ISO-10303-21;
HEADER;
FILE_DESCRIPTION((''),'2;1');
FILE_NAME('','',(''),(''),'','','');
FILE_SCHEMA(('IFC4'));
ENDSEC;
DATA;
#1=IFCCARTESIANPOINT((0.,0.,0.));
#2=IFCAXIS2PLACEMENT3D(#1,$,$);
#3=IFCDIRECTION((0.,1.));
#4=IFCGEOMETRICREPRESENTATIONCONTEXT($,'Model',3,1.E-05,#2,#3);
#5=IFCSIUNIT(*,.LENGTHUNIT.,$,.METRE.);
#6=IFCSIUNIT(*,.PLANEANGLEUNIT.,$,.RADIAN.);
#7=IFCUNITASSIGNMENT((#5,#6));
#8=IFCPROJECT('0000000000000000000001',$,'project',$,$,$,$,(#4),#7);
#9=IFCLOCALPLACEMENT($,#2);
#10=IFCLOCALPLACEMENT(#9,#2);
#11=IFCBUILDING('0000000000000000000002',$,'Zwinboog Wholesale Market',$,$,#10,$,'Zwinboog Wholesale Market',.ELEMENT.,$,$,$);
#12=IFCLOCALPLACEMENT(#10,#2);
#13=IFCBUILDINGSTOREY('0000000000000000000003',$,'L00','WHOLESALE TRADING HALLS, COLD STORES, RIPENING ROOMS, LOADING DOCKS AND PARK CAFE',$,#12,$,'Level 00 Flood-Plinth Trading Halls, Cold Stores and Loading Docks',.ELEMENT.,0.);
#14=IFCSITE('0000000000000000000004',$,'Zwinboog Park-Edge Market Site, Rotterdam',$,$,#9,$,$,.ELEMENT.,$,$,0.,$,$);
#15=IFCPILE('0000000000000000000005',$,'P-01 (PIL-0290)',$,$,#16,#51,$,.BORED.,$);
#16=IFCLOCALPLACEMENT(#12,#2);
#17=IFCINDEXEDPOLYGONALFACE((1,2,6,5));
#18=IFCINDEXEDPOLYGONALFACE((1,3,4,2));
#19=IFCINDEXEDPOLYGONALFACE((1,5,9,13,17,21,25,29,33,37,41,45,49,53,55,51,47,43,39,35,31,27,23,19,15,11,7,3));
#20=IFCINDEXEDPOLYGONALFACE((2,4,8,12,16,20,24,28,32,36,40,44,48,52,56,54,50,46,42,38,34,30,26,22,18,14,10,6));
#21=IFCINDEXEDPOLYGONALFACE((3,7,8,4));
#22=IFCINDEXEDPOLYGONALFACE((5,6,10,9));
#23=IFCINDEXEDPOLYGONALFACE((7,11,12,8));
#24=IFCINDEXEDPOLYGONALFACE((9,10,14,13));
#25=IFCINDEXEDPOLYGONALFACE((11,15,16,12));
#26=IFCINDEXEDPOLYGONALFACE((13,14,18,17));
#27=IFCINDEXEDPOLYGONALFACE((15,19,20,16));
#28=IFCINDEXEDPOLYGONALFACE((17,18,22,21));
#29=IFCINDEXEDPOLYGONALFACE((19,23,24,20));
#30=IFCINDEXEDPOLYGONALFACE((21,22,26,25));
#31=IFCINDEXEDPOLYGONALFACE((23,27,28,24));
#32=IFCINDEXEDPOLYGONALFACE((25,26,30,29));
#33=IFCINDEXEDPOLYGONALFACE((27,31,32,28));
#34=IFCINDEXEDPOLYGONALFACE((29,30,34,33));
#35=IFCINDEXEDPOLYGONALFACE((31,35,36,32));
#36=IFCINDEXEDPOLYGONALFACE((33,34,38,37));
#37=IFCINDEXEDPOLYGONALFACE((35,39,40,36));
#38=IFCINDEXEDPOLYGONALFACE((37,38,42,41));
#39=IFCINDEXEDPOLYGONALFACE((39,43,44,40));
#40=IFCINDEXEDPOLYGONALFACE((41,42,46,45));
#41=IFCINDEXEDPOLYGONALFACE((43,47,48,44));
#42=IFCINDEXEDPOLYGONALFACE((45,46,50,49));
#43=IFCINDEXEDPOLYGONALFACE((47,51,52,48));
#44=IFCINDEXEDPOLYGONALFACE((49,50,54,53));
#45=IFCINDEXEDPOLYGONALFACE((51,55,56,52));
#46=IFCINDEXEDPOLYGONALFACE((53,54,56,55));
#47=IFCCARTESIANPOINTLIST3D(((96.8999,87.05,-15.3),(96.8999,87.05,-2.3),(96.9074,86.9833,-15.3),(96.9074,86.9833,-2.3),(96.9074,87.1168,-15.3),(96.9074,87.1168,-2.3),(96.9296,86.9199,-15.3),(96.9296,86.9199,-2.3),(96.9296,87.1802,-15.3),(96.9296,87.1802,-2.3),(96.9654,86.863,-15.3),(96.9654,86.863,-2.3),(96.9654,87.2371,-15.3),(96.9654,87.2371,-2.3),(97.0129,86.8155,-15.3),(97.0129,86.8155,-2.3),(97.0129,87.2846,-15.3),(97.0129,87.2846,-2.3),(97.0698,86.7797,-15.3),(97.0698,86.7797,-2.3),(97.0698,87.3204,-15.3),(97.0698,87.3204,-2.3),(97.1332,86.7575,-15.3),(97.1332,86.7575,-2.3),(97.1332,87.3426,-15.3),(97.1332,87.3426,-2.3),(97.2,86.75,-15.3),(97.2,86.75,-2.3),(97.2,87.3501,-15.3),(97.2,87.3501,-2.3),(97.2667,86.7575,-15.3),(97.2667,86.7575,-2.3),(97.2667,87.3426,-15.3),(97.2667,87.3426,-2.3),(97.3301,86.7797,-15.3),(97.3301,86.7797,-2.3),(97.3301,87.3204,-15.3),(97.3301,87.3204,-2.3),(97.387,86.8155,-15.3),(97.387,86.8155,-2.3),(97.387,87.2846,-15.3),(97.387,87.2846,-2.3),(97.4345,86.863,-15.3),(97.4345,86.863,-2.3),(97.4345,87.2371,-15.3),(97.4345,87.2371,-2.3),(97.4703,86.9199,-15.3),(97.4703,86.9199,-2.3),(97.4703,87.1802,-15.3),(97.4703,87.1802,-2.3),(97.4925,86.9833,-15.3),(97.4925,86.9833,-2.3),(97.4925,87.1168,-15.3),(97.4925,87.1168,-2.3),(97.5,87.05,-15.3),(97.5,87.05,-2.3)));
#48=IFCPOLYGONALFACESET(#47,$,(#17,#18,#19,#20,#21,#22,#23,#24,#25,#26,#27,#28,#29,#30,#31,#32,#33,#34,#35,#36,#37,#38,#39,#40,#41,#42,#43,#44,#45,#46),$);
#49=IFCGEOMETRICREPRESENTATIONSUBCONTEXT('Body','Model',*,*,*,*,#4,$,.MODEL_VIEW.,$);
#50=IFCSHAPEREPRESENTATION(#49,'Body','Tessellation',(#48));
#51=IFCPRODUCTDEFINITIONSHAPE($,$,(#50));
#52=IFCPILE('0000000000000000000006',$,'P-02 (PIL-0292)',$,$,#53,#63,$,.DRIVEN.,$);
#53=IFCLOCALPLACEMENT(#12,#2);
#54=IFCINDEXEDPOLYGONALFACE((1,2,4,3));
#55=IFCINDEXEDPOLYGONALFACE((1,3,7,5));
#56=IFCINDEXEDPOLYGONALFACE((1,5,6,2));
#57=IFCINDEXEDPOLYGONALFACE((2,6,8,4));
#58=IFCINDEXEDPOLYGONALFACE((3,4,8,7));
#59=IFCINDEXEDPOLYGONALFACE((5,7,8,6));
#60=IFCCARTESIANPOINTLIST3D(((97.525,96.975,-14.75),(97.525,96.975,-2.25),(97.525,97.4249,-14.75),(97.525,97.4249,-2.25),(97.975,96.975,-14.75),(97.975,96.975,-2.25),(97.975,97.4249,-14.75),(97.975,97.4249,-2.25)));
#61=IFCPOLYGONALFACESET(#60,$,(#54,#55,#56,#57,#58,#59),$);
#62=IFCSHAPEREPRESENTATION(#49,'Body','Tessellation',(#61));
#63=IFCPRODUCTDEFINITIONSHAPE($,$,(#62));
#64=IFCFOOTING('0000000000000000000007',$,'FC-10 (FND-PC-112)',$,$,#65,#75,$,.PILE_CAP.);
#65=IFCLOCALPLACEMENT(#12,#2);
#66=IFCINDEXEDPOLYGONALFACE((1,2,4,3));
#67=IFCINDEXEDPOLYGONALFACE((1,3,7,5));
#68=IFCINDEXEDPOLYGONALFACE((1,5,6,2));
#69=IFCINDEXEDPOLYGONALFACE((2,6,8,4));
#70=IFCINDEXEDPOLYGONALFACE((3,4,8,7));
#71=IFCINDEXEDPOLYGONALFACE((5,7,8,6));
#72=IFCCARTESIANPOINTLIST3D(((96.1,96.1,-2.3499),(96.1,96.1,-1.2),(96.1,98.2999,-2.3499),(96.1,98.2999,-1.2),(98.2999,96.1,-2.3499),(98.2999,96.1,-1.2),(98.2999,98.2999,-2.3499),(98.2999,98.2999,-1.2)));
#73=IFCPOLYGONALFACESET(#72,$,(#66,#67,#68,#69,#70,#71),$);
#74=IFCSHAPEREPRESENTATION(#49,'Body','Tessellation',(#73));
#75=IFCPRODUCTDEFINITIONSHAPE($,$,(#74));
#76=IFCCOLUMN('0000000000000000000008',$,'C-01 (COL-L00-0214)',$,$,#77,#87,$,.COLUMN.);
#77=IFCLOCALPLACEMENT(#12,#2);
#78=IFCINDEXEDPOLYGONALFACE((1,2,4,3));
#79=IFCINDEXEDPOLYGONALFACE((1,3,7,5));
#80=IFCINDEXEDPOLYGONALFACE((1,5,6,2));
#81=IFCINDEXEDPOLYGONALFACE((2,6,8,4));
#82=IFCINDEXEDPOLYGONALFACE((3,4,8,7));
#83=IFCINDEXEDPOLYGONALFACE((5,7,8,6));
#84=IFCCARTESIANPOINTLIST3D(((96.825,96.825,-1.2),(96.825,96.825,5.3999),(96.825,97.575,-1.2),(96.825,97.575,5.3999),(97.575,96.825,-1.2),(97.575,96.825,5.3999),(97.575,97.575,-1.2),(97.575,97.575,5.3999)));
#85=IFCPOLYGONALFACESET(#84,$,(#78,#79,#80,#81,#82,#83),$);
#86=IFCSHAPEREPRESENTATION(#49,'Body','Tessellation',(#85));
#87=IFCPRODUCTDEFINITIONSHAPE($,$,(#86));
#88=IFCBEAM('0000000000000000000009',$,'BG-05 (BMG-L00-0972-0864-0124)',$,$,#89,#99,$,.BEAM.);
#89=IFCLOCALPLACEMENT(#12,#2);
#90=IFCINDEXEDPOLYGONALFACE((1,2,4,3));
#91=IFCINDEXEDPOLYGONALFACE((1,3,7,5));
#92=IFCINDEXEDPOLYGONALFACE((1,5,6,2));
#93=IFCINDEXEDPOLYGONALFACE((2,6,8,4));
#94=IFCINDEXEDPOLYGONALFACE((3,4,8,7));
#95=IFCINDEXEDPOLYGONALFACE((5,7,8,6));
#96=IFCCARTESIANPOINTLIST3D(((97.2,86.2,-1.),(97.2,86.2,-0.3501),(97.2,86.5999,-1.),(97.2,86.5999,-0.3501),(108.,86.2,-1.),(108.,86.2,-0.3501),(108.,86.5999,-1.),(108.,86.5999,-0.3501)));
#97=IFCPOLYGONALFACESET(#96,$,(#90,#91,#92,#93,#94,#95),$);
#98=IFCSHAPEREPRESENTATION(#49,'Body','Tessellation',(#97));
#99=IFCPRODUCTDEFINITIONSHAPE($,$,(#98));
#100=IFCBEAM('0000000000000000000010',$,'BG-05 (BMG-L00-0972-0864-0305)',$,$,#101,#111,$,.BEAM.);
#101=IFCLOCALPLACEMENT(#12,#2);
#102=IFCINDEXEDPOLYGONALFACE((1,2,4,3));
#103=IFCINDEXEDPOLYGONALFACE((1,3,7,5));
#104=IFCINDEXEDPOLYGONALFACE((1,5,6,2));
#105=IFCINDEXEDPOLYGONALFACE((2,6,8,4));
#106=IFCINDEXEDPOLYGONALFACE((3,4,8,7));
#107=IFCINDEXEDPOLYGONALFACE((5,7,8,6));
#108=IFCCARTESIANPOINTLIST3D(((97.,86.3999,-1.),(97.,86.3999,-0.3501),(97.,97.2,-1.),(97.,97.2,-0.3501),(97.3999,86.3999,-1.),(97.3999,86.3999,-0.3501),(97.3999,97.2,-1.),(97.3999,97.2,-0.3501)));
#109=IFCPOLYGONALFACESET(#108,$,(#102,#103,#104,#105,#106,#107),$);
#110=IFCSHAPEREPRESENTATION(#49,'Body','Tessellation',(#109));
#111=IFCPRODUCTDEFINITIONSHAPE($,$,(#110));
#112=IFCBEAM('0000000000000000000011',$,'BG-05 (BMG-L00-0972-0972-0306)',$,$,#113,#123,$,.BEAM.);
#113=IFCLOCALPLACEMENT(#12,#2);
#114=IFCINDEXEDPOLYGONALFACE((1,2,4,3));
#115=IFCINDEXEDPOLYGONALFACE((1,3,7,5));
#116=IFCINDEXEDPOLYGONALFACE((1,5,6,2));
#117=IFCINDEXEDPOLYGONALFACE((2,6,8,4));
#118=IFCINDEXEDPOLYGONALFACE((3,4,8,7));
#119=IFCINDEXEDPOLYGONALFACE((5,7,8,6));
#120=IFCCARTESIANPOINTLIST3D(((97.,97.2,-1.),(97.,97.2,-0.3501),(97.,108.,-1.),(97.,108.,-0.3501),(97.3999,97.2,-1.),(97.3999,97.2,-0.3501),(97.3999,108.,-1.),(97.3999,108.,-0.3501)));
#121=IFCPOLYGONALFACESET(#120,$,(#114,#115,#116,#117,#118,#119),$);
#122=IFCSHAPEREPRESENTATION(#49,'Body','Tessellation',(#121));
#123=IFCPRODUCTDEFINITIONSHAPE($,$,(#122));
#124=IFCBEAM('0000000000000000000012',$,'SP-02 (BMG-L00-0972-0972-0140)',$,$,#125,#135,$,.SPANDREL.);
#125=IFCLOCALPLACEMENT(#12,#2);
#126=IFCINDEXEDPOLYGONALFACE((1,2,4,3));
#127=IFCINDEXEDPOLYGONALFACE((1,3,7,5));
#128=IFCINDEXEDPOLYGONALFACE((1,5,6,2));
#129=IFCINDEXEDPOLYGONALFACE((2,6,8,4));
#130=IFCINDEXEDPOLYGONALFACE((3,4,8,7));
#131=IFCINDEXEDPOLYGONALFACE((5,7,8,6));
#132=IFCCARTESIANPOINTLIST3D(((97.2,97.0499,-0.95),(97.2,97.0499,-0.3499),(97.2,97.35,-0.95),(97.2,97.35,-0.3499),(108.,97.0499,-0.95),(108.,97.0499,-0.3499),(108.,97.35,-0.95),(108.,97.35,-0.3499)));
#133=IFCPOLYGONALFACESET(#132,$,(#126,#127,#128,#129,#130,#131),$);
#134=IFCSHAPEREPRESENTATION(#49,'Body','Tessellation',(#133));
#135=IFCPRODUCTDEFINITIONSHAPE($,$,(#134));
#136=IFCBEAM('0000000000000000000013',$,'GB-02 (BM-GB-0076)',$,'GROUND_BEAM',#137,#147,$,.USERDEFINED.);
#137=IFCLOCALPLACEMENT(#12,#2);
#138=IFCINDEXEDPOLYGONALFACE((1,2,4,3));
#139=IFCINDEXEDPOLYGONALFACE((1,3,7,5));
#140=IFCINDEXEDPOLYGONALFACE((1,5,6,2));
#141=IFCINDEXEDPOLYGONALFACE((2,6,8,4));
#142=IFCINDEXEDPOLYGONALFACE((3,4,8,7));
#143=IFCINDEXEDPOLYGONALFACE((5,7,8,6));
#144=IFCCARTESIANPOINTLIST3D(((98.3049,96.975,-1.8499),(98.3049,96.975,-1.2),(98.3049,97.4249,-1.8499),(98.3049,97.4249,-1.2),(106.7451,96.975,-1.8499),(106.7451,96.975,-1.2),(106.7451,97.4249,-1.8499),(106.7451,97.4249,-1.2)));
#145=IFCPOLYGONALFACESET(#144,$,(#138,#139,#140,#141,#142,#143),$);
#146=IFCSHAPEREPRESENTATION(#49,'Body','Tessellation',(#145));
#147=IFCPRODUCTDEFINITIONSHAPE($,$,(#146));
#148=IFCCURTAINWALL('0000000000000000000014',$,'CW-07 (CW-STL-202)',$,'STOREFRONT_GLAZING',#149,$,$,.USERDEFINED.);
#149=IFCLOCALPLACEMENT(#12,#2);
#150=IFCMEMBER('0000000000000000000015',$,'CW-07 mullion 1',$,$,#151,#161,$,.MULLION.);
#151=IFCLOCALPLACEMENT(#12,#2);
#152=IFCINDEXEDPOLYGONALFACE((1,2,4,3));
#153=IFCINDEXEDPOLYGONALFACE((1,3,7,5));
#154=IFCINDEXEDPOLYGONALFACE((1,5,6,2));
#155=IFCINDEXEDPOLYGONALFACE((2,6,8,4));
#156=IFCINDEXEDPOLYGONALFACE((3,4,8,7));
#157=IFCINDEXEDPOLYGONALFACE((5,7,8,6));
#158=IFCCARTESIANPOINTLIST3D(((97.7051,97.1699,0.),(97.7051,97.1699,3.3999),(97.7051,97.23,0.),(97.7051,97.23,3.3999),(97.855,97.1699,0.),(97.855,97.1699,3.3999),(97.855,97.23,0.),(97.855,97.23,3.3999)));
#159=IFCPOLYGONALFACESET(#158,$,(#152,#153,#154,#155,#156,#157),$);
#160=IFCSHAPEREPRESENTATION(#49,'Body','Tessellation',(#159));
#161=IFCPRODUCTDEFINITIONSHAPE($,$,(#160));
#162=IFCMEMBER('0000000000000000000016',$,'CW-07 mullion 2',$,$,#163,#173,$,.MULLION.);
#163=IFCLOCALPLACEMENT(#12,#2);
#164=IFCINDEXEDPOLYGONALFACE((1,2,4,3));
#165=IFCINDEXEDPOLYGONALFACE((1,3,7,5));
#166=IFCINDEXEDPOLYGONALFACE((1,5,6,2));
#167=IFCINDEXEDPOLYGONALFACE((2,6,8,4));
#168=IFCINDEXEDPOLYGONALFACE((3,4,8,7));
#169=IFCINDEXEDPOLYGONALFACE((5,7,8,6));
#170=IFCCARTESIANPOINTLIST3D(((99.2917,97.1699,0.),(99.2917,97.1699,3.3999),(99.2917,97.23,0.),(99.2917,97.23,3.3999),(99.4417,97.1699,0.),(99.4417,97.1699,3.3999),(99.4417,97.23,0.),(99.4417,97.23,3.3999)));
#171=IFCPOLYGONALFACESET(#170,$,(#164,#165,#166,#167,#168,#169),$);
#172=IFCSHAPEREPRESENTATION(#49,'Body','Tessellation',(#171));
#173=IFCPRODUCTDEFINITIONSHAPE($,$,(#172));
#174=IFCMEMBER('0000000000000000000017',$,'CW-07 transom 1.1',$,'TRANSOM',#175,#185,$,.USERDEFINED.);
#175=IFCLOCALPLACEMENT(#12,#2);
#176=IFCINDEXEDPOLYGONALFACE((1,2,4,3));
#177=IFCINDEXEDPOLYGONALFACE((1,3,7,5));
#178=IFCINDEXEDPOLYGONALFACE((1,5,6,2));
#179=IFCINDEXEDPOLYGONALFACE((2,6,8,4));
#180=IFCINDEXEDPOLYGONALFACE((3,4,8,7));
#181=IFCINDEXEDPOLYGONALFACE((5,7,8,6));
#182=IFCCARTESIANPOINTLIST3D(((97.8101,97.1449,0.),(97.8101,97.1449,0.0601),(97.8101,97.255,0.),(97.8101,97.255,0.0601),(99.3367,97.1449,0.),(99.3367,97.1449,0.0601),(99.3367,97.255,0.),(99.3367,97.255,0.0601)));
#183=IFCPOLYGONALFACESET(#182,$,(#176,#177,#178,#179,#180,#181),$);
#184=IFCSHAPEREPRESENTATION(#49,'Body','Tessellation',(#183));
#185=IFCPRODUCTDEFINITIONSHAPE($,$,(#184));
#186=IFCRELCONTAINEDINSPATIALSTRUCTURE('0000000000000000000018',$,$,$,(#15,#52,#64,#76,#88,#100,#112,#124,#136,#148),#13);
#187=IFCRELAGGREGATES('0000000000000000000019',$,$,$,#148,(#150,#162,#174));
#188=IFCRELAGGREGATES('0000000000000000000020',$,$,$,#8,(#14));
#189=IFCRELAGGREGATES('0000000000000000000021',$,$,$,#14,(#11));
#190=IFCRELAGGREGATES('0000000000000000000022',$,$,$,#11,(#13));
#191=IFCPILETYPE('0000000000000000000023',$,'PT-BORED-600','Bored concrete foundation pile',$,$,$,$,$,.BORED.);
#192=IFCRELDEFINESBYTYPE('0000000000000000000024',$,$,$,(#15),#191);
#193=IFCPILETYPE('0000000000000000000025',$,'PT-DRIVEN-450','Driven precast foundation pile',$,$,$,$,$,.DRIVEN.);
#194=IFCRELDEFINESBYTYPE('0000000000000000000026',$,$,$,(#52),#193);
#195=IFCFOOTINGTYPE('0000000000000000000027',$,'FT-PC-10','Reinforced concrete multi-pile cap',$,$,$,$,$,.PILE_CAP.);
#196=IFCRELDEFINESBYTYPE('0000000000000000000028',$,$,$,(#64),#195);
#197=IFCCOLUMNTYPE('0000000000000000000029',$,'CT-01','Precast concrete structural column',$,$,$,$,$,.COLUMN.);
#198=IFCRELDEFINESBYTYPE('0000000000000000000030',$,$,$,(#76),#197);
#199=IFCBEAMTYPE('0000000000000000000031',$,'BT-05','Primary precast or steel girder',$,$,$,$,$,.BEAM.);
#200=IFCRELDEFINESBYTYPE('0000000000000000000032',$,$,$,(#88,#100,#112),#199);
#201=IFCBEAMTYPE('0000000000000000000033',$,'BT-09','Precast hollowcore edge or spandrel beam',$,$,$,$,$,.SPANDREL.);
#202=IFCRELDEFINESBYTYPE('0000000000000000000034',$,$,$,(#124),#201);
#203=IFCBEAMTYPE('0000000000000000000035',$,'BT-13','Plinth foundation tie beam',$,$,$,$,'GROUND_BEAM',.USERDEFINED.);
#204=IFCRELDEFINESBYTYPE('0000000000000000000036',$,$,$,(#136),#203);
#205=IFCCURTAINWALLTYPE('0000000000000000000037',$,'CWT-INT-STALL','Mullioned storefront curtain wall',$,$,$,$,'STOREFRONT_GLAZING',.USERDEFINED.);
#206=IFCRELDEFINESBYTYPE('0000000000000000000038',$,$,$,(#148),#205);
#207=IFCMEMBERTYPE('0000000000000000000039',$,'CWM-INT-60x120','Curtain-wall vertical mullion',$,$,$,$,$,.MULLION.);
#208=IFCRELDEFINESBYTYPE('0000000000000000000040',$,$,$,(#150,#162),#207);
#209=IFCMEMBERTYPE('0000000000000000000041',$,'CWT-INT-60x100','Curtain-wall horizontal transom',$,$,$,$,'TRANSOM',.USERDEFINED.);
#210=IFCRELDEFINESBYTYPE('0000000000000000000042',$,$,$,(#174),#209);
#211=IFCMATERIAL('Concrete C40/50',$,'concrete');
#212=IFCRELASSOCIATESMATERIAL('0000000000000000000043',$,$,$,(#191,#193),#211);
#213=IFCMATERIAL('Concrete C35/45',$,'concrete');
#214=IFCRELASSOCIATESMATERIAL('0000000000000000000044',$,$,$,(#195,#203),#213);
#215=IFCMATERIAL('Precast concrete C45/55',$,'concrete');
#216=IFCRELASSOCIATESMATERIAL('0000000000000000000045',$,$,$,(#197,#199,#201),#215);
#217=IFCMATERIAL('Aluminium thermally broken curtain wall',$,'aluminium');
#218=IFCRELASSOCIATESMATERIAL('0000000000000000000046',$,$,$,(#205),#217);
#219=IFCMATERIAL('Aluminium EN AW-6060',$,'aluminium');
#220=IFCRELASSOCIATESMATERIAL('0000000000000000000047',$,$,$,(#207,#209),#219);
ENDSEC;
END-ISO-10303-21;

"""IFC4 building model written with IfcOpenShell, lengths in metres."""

from ifc_helpers import new_model, si_unit, direction, frame, origin, origin_2d, place, context, subcontext, project, spatial, rectangle, circle, extrude, material, material_profile, profile_set, type_object, element, aggregate, save


model = new_model("IFC4")

# Units and contexts
model_context = context("Model", 3, precision=1e-05, world=origin(), true_north=direction((0.0, 1.0)))
body_context = subcontext(model_context, "Body", "Model", "MODEL_VIEW")
ifc_project = project(units=[si_unit("LENGTHUNIT", "METRE"), si_unit("PLANEANGLEUNIT", "RADIAN")], contexts=[model_context])

# Site, building, storey
site_placement = place(None, origin())
site = spatial("IfcSite", under=ifc_project, at=site_placement, Name="Zwinboog Park-Edge Market Site, Rotterdam", CompositionType="ELEMENT", RefElevation=0.0)
building_placement = place(site_placement, origin())
building = spatial("IfcBuilding", under=site, at=building_placement, Name="Zwinboog Wholesale Market", LongName="Zwinboog Wholesale Market", CompositionType="ELEMENT")
storey_placement = place(building_placement, origin())
storey = spatial("IfcBuildingStorey", under=building, at=storey_placement, Name="L00", Description="WHOLESALE TRADING HALLS, COLD STORES, RIPENING ROOMS, LOADING DOCKS AND PARK CAFE", LongName="Level 00 Flood-Plinth Trading Halls, Cold Stores and Loading Docks", CompositionType="ELEMENT", Elevation=0.0)

# Piles
ifc_material_1 = material(Name="Concrete C40/50", Category="concrete")
ifc_material_profile_1 = material_profile(ifc_material_1, circle(Radius=0.3, at=origin_2d()), Name="PILE D600")
ifc_profile_set_1 = profile_set([ifc_material_profile_1], Name="Concrete C40/50")
pile_type_1 = type_object("IfcPileType", Name="PT-BORED-600", Description="Bored concrete foundation pile", PredefinedType="BORED", material=ifc_profile_set_1)
pile_1_placement = place(storey_placement, frame((97.2, 87.05, -2.3), z_axis=(0.0, 0.0, -1.0), x_axis=(1.0, 0.0, 0.0)))
element("IfcPile", 1, at=pile_1_placement, inside=storey, type_object=pile_type_1, Name="P-01 (PIL-0290)", PredefinedType="BORED", context=body_context, shape_type="SweptSolid", body=[
    extrude(circle(Radius=0.3, at=origin_2d()), origin(), (0.0, 0.0, 1.0), 13.0),
])
ifc_material_profile_2 = material_profile(ifc_material_1, rectangle(XDim=0.45, YDim=0.45, at=origin_2d()), Name="PILE SQ450")
ifc_profile_set_2 = profile_set([ifc_material_profile_2], Name="Concrete C40/50")
pile_type_2 = type_object("IfcPileType", Name="PT-DRIVEN-450", Description="Driven precast foundation pile", PredefinedType="DRIVEN", material=ifc_profile_set_2)
pile_2_placement = place(storey_placement, frame((97.75, 97.2, -2.25), z_axis=(0.0, 0.0, -1.0), x_axis=(1.0, 0.0, 0.0)))
element("IfcPile", 2, at=pile_2_placement, inside=storey, type_object=pile_type_2, Name="P-02 (PIL-0292)", PredefinedType="DRIVEN", context=body_context, shape_type="SweptSolid", body=[
    extrude(rectangle(XDim=0.45, YDim=0.45, at=origin_2d()), origin(), (0.0, 0.0, 1.0), 12.5),
])

# Footing
ifc_material_2 = material(Name="Concrete C35/45", Category="concrete")
footing_type = type_object("IfcFootingType", Name="FT-PC-10", Description="Reinforced concrete multi-pile cap", PredefinedType="PILE_CAP", material=ifc_material_2)
footing_placement = place(storey_placement, frame((97.2, 97.2, -2.3499), z_axis=(0.0, 0.0, 1.0), x_axis=(1.0, 0.0, 0.0)))
element("IfcFooting", 3, at=footing_placement, inside=storey, type_object=footing_type, Name="FC-10 (FND-PC-112)", PredefinedType="PILE_CAP", context=body_context, shape_type="SweptSolid", body=[
    extrude(rectangle(XDim=2.2, YDim=2.2, at=origin_2d()), origin(), (0.0, 0.0, 1.0), 1.1499),
])

# Column
ifc_material_3 = material(Name="Precast concrete C45/55", Category="concrete")
ifc_material_profile_3 = material_profile(ifc_material_3, rectangle(XDim=0.75, YDim=0.75, at=origin_2d()), Name="PC 750x750")
ifc_profile_set_3 = profile_set([ifc_material_profile_3], Name="Precast concrete C45/55")
column_type = type_object("IfcColumnType", Name="CT-01", Description="Precast concrete structural column", PredefinedType="COLUMN", material=ifc_profile_set_3)
column_placement = place(storey_placement, frame((97.2, 97.2, -1.2), z_axis=(0.0, 0.0, 1.0), x_axis=(1.0, 0.0, 0.0)))
element("IfcColumn", 4, at=column_placement, inside=storey, type_object=column_type, Name="C-01 (COL-L00-0214)", PredefinedType="COLUMN", context=body_context, shape_type="SweptSolid", body=[
    extrude(rectangle(XDim=0.75, YDim=0.75, at=origin_2d()), origin(), (0.0, 0.0, 1.0), 6.5999),
])

# Beams
ifc_material_profile_4 = material_profile(ifc_material_3, rectangle(XDim=0.3999, YDim=0.6499, at=origin_2d()), Name="PC 400x650")
ifc_profile_set_4 = profile_set([ifc_material_profile_4], Name="Precast concrete C45/55")
beam_type_1 = type_object("IfcBeamType", Name="BT-05", Description="Primary precast or steel girder", PredefinedType="BEAM", material=ifc_profile_set_4)
for number, where, z_axis, x_axis, name in (
    (5, (97.2, 86.3999, -0.675), (1.0, 0.0, 0.0), (0.0, 1.0, 0.0), "BG-05 (BMG-L00-0972-0864-0124)"),
    (6, (97.2, 86.3999, -0.675), (0.0, 1.0, 0.0), (-1.0, 0.0, 0.0), "BG-05 (BMG-L00-0972-0864-0305)"),
    (7, (97.2, 97.2, -0.675), (0.0, 1.0, 0.0), (-1.0, 0.0, 0.0), "BG-05 (BMG-L00-0972-0972-0306)"),
):
    element("IfcBeam", number, at=place(storey_placement, frame(where, z_axis=z_axis, x_axis=x_axis)), inside=storey, type_object=beam_type_1, Name=name, PredefinedType="BEAM", context=body_context, shape_type="SweptSolid", body=[
        extrude(rectangle(XDim=0.3999, YDim=0.6499, at=origin_2d()), origin(), (0.0, 0.0, 1.0), 10.8),
    ])
ifc_material_profile_5 = material_profile(ifc_material_3, rectangle(XDim=0.3, YDim=0.6001, at=origin_2d()), Name="PC 300x600")
ifc_profile_set_5 = profile_set([ifc_material_profile_5], Name="Precast concrete C45/55")
beam_type_2 = type_object("IfcBeamType", Name="BT-09", Description="Precast hollowcore edge or spandrel beam", PredefinedType="SPANDREL", material=ifc_profile_set_5)
beam_1_placement = place(storey_placement, frame((97.2, 97.2, -0.6499), z_axis=(1.0, 0.0, 0.0), x_axis=(0.0, 1.0, 0.0)))
element("IfcBeam", 8, at=beam_1_placement, inside=storey, type_object=beam_type_2, Name="SP-02 (BMG-L00-0972-0972-0140)", PredefinedType="SPANDREL", context=body_context, shape_type="SweptSolid", body=[
    extrude(rectangle(XDim=0.3, YDim=0.6001, at=origin_2d()), origin(), (0.0, 0.0, 1.0), 10.8),
])
ifc_material_profile_6 = material_profile(ifc_material_2, rectangle(XDim=0.45, YDim=0.6499, at=origin_2d()), Name="RC 450x650")
ifc_profile_set_6 = profile_set([ifc_material_profile_6], Name="Concrete C35/45")
beam_type_3 = type_object("IfcBeamType", Name="BT-13", Description="Plinth foundation tie beam", ElementType="GROUND_BEAM", PredefinedType="USERDEFINED", material=ifc_profile_set_6)
beam_2_placement = place(storey_placement, frame((98.3049, 97.2, -1.5249), z_axis=(1.0, 0.0, 0.0), x_axis=(0.0, 1.0, 0.0)))
element("IfcBeam", 9, at=beam_2_placement, inside=storey, type_object=beam_type_3, Name="GB-02 (BM-GB-0076)", ObjectType="GROUND_BEAM", PredefinedType="USERDEFINED", context=body_context, shape_type="SweptSolid", body=[
    extrude(rectangle(XDim=0.45, YDim=0.6499, at=origin_2d()), origin(), (0.0, 0.0, 1.0), 8.4402),
])

# Curtain wall, members
ifc_material_4 = material(Name="Aluminium thermally broken curtain wall", Category="aluminium")
curtain_wall_type = type_object("IfcCurtainWallType", Name="CWT-INT-STALL", Description="Mullioned storefront curtain wall", ElementType="STOREFRONT_GLAZING", PredefinedType="USERDEFINED", material=ifc_material_4)
curtain_wall_placement = place(storey_placement, origin())
curtain_wall = element("IfcCurtainWall", 10, at=curtain_wall_placement, inside=storey, type_object=curtain_wall_type, Name="CW-07 (CW-STL-202)", ObjectType="STOREFRONT_GLAZING", PredefinedType="USERDEFINED")
ifc_material_5 = material(Name="Aluminium EN AW-6060", Category="aluminium")
ifc_material_profile_7 = material_profile(ifc_material_5, rectangle(XDim=0.0601, YDim=0.1499, at=origin_2d()), Name="AL 60x150")
ifc_profile_set_7 = profile_set([ifc_material_profile_7], Name="Aluminium EN AW-6060")
member_type_1 = type_object("IfcMemberType", Name="CWM-INT-60x120", Description="Curtain-wall vertical mullion", PredefinedType="MULLION", material=ifc_profile_set_7)
member_1_placement = place(storey_placement, frame((97.78, 97.2, 0.0), z_axis=(0.0, 0.0, 1.0), x_axis=(0.0, 1.0, 0.0)))
member_1 = element("IfcMember", 11, at=member_1_placement, type_object=member_type_1, Name="CW-07 mullion 1", PredefinedType="MULLION", context=body_context, shape_type="SweptSolid", body=[
    extrude(rectangle(XDim=0.0601, YDim=0.1499, at=origin_2d()), origin(), (0.0, 0.0, 1.0), 3.3999),
])
member_2_placement = place(storey_placement, frame((99.3667, 97.2, 0.0), z_axis=(0.0, 0.0, 1.0), x_axis=(0.0, 1.0, 0.0)))
member_2 = element("IfcMember", 12, at=member_2_placement, type_object=member_type_1, Name="CW-07 mullion 2", PredefinedType="MULLION", context=body_context, shape_type="SweptSolid", body=[
    extrude(rectangle(XDim=0.0601, YDim=0.1499, at=origin_2d()), origin(), (0.0, 0.0, 1.0), 3.3999),
])
ifc_material_profile_8 = material_profile(ifc_material_5, rectangle(XDim=0.1101, YDim=0.0601, at=origin_2d()), Name="AL 60x110")
ifc_profile_set_8 = profile_set([ifc_material_profile_8], Name="Aluminium EN AW-6060")
member_type_2 = type_object("IfcMemberType", Name="CWT-INT-60x100", Description="Curtain-wall horizontal transom", ElementType="TRANSOM", PredefinedType="USERDEFINED", material=ifc_profile_set_8)
member_3_placement = place(storey_placement, frame((97.8101, 97.2, 0.03), z_axis=(1.0, 0.0, 0.0), x_axis=(0.0, 1.0, 0.0)))
member_3 = element("IfcMember", 13, at=member_3_placement, type_object=member_type_2, Name="CW-07 transom 1.1", ObjectType="TRANSOM", PredefinedType="USERDEFINED", context=body_context, shape_type="SweptSolid", body=[
    extrude(rectangle(XDim=0.1101, YDim=0.0601, at=origin_2d()), origin(), (0.0, 0.0, 1.0), 1.5266),
])
aggregate(curtain_wall, [member_1, member_2, member_3])

save(model, "model.ifc")
